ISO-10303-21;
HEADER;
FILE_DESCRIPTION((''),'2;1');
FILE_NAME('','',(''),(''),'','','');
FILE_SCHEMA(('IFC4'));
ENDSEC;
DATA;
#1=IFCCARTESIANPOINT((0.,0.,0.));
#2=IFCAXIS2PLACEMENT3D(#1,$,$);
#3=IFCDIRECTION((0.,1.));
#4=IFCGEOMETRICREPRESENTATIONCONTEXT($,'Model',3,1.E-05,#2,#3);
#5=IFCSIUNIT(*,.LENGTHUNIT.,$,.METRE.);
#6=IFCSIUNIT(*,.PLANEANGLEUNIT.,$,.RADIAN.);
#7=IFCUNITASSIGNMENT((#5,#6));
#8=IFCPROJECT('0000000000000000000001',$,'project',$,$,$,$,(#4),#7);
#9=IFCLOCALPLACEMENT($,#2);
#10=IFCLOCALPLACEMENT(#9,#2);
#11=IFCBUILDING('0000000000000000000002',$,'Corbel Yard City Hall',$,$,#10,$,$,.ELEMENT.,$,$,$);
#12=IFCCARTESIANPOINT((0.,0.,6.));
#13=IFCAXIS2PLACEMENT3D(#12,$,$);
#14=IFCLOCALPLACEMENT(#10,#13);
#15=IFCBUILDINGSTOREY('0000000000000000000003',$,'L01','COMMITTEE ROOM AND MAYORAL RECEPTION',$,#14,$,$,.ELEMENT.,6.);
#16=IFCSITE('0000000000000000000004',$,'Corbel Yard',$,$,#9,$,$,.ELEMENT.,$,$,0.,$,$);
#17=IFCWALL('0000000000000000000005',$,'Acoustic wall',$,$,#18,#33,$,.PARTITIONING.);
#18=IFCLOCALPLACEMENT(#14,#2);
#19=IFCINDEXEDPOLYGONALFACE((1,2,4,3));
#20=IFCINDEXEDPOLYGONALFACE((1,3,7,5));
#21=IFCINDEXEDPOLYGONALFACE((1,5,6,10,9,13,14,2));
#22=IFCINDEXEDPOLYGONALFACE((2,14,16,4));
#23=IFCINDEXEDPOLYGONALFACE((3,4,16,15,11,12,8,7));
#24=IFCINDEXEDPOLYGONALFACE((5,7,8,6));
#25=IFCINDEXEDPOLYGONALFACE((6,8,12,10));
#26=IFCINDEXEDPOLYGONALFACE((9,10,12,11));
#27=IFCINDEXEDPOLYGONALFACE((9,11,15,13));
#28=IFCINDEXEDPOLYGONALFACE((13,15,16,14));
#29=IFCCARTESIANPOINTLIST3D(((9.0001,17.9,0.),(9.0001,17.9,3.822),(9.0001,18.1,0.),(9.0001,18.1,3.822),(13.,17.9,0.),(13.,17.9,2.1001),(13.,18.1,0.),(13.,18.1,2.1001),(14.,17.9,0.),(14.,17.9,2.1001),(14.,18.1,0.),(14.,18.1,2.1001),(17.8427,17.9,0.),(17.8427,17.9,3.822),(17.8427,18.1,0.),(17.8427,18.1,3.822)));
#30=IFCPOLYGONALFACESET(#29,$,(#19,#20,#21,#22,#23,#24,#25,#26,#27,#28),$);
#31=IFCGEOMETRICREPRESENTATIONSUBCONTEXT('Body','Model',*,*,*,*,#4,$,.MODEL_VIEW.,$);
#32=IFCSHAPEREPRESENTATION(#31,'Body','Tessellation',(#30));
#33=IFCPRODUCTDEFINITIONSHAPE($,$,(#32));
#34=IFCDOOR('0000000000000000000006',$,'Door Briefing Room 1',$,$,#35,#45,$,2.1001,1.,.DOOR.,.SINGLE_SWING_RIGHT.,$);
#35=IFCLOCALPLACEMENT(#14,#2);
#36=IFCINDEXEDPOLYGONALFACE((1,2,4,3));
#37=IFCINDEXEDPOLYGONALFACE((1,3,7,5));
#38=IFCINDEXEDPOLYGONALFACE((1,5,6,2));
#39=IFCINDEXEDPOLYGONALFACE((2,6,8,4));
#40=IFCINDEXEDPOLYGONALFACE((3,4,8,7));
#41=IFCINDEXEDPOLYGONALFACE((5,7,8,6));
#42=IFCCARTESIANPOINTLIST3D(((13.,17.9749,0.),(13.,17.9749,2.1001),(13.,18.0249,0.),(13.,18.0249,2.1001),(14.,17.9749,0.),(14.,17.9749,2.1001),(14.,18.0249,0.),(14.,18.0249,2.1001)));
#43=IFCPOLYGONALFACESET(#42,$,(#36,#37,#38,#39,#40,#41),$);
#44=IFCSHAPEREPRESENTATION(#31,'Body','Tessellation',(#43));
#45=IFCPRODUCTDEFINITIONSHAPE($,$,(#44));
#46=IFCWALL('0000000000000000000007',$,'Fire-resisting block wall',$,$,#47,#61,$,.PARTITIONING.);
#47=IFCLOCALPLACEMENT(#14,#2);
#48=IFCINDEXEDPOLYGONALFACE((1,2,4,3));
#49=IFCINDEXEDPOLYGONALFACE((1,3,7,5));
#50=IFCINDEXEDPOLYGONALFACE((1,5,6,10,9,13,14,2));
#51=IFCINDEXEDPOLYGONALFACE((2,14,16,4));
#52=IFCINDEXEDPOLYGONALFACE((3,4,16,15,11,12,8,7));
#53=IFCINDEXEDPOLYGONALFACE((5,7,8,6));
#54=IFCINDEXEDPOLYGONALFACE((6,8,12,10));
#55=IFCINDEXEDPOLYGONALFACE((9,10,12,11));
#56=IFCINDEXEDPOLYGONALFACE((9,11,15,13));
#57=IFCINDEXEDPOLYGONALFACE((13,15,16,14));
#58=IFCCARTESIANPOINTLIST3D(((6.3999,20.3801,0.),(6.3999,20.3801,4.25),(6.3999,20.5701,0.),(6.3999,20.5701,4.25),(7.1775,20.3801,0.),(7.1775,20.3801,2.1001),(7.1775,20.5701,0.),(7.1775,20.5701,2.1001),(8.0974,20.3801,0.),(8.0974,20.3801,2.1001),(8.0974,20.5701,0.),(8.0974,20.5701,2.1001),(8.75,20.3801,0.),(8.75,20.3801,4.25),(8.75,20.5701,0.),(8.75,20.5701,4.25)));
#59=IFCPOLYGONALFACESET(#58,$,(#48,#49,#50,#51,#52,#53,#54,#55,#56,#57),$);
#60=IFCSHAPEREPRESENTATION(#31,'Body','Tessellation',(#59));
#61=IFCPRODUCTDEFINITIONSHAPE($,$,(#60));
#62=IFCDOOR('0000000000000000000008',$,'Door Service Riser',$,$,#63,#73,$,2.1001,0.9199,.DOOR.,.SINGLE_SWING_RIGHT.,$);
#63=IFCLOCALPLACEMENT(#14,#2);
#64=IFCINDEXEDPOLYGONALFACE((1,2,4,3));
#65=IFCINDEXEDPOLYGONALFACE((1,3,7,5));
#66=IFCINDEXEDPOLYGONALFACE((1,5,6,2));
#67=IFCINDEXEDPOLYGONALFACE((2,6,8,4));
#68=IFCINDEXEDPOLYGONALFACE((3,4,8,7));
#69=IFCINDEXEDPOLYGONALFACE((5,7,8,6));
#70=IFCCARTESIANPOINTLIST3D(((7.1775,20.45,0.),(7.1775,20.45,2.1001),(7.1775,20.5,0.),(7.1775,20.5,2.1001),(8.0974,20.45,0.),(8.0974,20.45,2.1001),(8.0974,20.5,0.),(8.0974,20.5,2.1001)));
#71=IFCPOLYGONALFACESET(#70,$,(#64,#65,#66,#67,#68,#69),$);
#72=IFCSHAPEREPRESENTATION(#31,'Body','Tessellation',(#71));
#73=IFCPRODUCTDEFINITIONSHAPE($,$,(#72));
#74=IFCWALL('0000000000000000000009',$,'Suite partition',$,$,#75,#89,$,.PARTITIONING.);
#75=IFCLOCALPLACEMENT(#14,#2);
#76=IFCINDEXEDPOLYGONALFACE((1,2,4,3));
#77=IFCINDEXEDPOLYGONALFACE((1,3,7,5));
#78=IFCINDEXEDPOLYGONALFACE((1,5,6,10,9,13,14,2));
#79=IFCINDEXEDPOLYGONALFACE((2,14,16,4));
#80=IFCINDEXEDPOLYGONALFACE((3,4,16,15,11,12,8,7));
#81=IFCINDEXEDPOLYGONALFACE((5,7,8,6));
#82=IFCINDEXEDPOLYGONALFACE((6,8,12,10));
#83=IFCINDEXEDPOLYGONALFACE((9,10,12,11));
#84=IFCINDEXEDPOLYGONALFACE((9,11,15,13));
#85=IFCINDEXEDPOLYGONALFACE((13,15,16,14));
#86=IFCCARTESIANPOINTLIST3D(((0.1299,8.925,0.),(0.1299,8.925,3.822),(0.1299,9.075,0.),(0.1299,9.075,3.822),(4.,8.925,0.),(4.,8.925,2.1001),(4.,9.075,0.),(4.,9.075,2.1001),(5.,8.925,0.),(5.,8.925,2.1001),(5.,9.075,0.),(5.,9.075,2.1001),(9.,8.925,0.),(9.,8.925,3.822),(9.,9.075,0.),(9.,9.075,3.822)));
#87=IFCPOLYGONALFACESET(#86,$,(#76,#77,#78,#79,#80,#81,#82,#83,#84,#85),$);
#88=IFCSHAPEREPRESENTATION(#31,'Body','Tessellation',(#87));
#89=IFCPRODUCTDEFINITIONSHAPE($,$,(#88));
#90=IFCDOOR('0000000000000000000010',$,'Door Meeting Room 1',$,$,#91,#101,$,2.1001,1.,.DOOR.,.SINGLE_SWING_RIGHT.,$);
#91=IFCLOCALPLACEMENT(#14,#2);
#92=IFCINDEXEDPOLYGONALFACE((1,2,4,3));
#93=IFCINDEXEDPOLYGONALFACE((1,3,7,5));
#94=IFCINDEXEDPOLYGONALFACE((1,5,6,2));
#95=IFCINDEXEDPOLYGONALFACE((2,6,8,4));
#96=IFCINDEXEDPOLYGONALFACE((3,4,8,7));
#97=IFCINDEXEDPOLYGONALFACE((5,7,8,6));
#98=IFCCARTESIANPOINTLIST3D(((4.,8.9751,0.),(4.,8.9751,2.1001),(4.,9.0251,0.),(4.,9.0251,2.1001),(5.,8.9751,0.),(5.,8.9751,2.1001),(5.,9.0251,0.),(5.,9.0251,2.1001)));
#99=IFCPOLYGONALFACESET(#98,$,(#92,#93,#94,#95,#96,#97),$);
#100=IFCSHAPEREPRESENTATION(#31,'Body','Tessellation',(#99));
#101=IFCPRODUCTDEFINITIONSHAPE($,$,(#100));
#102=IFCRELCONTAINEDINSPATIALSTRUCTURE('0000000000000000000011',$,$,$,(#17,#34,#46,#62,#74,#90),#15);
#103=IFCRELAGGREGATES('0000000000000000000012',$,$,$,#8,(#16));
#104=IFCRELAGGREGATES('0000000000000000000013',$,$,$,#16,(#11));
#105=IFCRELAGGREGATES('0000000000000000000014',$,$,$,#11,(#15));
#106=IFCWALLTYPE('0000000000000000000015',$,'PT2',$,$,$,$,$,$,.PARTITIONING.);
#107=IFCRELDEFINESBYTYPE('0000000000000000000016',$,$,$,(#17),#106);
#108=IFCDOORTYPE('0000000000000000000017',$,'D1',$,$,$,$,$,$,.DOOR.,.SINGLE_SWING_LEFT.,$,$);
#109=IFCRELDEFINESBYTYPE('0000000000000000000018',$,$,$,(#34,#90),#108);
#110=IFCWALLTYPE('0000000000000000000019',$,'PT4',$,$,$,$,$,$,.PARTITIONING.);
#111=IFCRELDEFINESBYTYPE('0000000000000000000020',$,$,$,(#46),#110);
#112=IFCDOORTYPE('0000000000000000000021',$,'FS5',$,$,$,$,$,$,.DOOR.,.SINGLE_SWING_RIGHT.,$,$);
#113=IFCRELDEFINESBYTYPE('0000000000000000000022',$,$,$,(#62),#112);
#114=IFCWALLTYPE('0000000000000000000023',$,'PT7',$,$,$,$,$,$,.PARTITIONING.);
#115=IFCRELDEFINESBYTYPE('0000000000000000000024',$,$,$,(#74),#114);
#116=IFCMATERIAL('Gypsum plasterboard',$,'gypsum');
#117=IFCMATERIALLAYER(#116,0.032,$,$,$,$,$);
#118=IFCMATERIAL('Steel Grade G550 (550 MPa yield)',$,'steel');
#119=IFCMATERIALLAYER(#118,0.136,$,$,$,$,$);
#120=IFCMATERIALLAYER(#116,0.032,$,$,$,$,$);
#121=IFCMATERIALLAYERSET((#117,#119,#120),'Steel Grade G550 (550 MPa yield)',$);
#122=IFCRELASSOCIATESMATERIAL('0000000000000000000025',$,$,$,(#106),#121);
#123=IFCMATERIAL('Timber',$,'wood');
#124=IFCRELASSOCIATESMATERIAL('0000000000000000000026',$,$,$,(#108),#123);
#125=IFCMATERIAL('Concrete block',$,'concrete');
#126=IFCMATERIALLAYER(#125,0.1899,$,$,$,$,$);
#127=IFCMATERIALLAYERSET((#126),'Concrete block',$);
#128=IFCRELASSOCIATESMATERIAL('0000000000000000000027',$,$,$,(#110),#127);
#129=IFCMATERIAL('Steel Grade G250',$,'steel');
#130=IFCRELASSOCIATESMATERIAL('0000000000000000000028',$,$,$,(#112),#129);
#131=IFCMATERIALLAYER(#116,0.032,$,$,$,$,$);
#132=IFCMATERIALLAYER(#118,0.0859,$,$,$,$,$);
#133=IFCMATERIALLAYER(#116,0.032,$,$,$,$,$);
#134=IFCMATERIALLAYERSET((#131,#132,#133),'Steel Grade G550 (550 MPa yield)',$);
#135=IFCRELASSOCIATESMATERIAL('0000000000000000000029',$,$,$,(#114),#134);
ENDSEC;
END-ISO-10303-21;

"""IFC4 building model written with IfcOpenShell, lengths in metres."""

from ifc_helpers import new_model, si_unit, direction, frame, frame_2d, origin, place, context, subcontext, project, spatial, rectangle, extrude, material, layer, layer_set, type_object, element, fill, save


model = new_model("IFC4")

# Units and contexts
model_context = context("Model", 3, precision=1e-05, world=origin(), true_north=direction((0.0, 1.0)))
body_context = subcontext(model_context, "Body", "Model", "MODEL_VIEW")
ifc_project = project(units=[si_unit("LENGTHUNIT", "METRE"), si_unit("PLANEANGLEUNIT", "RADIAN")], contexts=[model_context])

# Site, building, storey
site_placement = place(None, origin())
site = spatial("IfcSite", under=ifc_project, at=site_placement, Name="Corbel Yard", CompositionType="ELEMENT", RefElevation=0.0)
building_placement = place(site_placement, origin())
building = spatial("IfcBuilding", under=site, at=building_placement, Name="Corbel Yard City Hall", CompositionType="ELEMENT")
storey_placement = place(building_placement, frame((0.0, 0.0, 6.0)))
storey = spatial("IfcBuildingStorey", under=building, at=storey_placement, Name="L01", Description="COMMITTEE ROOM AND MAYORAL RECEPTION", CompositionType="ELEMENT", Elevation=6.0)

# Shared definitions
ifc_material_1 = material(Name="Steel Grade G250", Category="steel")

# Shared definitions
ifc_material_2 = material(Name="Gypsum plasterboard", Category="gypsum")

# Walls, openings, doors
ifc_layer_1 = layer(ifc_material_2, 0.032)
ifc_material_3 = material(Name="Steel Grade G550 (550 MPa yield)", Category="steel")
ifc_layer_2 = layer(ifc_material_3, 0.136)
ifc_layer_3 = layer(ifc_material_2, 0.032)
ifc_layer_set_1 = layer_set([ifc_layer_1, ifc_layer_2, ifc_layer_3], Name="Steel Grade G550 (550 MPa yield)")
wall_type_1 = type_object("IfcWallType", Name="PT2", PredefinedType="PARTITIONING", material=ifc_layer_set_1)
wall_1_placement = place(storey_placement, frame((9.0, 18.0, 0.0), z_axis=(0.0, 0.0, 1.0), x_axis=(1.0, 0.0, 0.0)))
wall_1 = element("IfcWall", 1, at=wall_1_placement, inside=storey, type_object=wall_type_1, Name="Acoustic wall", PredefinedType="PARTITIONING", context=body_context, shape_type="SweptSolid", body=[
    extrude(rectangle(XDim=8.8425, YDim=0.2, at=frame_2d((4.4214, 0.0))), origin(), (0.0, 0.0, 1.0), 3.822),
])
opening_1_placement = place(wall_1_placement, frame((4.0, 0.0, 0.0)))
opening_1 = element("IfcOpeningElement", 2, at=opening_1_placement, cuts=wall_1, PredefinedType="OPENING", context=body_context, shape_type="SweptSolid", body=[
    extrude(rectangle(XDim=1.0, YDim=2.1001, at=frame_2d((0.5, 1.05))), frame((0.0, 0.1099, 0.0), z_axis=(0.0, -1.0, 0.0), x_axis=(1.0, 0.0, 0.0)), (0.0, 0.0, 1.0), 0.22),
])
ifc_material_4 = material(Name="Timber", Category="wood")
door_type_1 = type_object("IfcDoorType", Name="D1", OperationType="SINGLE_SWING_LEFT", PredefinedType="DOOR", material=ifc_material_4)
door_1_placement = place(opening_1_placement, origin())
door_1 = element("IfcDoor", 3, at=door_1_placement, inside=storey, type_object=door_type_1, Name="Door Briefing Room 1", OperationType="SINGLE_SWING_RIGHT", OverallHeight=2.1001, OverallWidth=1.0, PredefinedType="DOOR", context=body_context, shape_type="SweptSolid", body=[
    extrude(rectangle(XDim=1.0, YDim=2.1001, at=frame_2d((0.5, 1.05))), frame((0.0, 0.0249, 0.0), z_axis=(0.0, -1.0, 0.0), x_axis=(1.0, 0.0, 0.0)), (0.0, 0.0, 1.0), 0.05),
])
fill(opening_1, door_1)
ifc_material_5 = material(Name="Concrete block", Category="concrete")
ifc_layer_4 = layer(ifc_material_5, 0.1899)
ifc_layer_set_2 = layer_set([ifc_layer_4], Name="Concrete block")
wall_type_2 = type_object("IfcWallType", Name="PT4", PredefinedType="PARTITIONING", material=ifc_layer_set_2)
wall_2_placement = place(storey_placement, frame((6.3999, 20.4751, 0.0), z_axis=(0.0, 0.0, 1.0), x_axis=(1.0, 0.0, 0.0)))
wall_2 = element("IfcWall", 4, at=wall_2_placement, inside=storey, type_object=wall_type_2, Name="Fire-resisting block wall", PredefinedType="PARTITIONING", context=body_context, shape_type="SweptSolid", body=[
    extrude(rectangle(XDim=2.3501, YDim=0.1899, at=frame_2d((1.175, 0.0))), origin(), (0.0, 0.0, 1.0), 4.25),
])
opening_2_placement = place(wall_2_placement, frame((0.7776, 0.0, 0.0)))
opening_2 = element("IfcOpeningElement", 5, at=opening_2_placement, cuts=wall_2, PredefinedType="OPENING", context=body_context, shape_type="SweptSolid", body=[
    extrude(rectangle(XDim=0.9199, YDim=2.1001, at=frame_2d((0.46, 1.05))), frame((0.0, 0.105, 0.0), z_axis=(0.0, -1.0, 0.0), x_axis=(1.0, 0.0, 0.0)), (0.0, 0.0, 1.0), 0.21),
])
door_type_2 = type_object("IfcDoorType", Name="FS5", OperationType="SINGLE_SWING_RIGHT", PredefinedType="DOOR", material=ifc_material_1)
door_2_placement = place(opening_2_placement, origin())
door_2 = element("IfcDoor", 6, at=door_2_placement, inside=storey, type_object=door_type_2, Name="Door Service Riser", OperationType="SINGLE_SWING_RIGHT", OverallHeight=2.1001, OverallWidth=0.9199, PredefinedType="DOOR", context=body_context, shape_type="SweptSolid", body=[
    extrude(rectangle(XDim=0.9199, YDim=2.1001, at=frame_2d((0.46, 1.05))), frame((0.0, 0.0249, 0.0), z_axis=(0.0, -1.0, 0.0), x_axis=(1.0, 0.0, 0.0)), (0.0, 0.0, 1.0), 0.05),
])
fill(opening_2, door_2)
ifc_layer_5 = layer(ifc_material_2, 0.032)
ifc_layer_6 = layer(ifc_material_3, 0.0859)
ifc_layer_7 = layer(ifc_material_2, 0.032)
ifc_layer_set_3 = layer_set([ifc_layer_5, ifc_layer_6, ifc_layer_7], Name="Steel Grade G550 (550 MPa yield)")
wall_type_3 = type_object("IfcWallType", Name="PT7", PredefinedType="PARTITIONING", material=ifc_layer_set_3)
wall_3_placement = place(storey_placement, frame((0.1299, 9.0, 0.0), z_axis=(0.0, 0.0, 1.0), x_axis=(1.0, 0.0, 0.0)))
wall_3 = element("IfcWall", 7, at=wall_3_placement, inside=storey, type_object=wall_type_3, Name="Suite partition", PredefinedType="PARTITIONING", context=body_context, shape_type="SweptSolid", body=[
    extrude(rectangle(XDim=8.8701, YDim=0.1499, at=frame_2d((4.4351, 0.0))), origin(), (0.0, 0.0, 1.0), 3.822),
])
opening_3_placement = place(wall_3_placement, frame((3.8701, 0.0, 0.0)))
opening_3 = element("IfcOpeningElement", 8, at=opening_3_placement, cuts=wall_3, PredefinedType="OPENING", context=body_context, shape_type="SweptSolid", body=[
    extrude(rectangle(XDim=1.0, YDim=2.1001, at=frame_2d((0.5, 1.05))), frame((0.0, 0.085, 0.0), z_axis=(0.0, -1.0, 0.0), x_axis=(1.0, 0.0, 0.0)), (0.0, 0.0, 1.0), 0.1699),
])
door_3_placement = place(opening_3_placement, frame((1.0, 0.0, 0.0), z_axis=(0.0, 0.0, 1.0), x_axis=(-1.0, 0.0, 0.0)))
door_3 = element("IfcDoor", 9, at=door_3_placement, inside=storey, type_object=door_type_1, Name="Door Meeting Room 1", OperationType="SINGLE_SWING_RIGHT", OverallHeight=2.1001, OverallWidth=1.0, PredefinedType="DOOR", context=body_context, shape_type="SweptSolid", body=[
    extrude(rectangle(XDim=1.0, YDim=2.1001, at=frame_2d((0.5, 1.05))), frame((0.0, 0.0249, 0.0), z_axis=(0.0, -1.0, 0.0), x_axis=(1.0, 0.0, 0.0)), (0.0, 0.0, 1.0), 0.05),
])
fill(opening_3, door_3)

save(model, "model.ifc")
